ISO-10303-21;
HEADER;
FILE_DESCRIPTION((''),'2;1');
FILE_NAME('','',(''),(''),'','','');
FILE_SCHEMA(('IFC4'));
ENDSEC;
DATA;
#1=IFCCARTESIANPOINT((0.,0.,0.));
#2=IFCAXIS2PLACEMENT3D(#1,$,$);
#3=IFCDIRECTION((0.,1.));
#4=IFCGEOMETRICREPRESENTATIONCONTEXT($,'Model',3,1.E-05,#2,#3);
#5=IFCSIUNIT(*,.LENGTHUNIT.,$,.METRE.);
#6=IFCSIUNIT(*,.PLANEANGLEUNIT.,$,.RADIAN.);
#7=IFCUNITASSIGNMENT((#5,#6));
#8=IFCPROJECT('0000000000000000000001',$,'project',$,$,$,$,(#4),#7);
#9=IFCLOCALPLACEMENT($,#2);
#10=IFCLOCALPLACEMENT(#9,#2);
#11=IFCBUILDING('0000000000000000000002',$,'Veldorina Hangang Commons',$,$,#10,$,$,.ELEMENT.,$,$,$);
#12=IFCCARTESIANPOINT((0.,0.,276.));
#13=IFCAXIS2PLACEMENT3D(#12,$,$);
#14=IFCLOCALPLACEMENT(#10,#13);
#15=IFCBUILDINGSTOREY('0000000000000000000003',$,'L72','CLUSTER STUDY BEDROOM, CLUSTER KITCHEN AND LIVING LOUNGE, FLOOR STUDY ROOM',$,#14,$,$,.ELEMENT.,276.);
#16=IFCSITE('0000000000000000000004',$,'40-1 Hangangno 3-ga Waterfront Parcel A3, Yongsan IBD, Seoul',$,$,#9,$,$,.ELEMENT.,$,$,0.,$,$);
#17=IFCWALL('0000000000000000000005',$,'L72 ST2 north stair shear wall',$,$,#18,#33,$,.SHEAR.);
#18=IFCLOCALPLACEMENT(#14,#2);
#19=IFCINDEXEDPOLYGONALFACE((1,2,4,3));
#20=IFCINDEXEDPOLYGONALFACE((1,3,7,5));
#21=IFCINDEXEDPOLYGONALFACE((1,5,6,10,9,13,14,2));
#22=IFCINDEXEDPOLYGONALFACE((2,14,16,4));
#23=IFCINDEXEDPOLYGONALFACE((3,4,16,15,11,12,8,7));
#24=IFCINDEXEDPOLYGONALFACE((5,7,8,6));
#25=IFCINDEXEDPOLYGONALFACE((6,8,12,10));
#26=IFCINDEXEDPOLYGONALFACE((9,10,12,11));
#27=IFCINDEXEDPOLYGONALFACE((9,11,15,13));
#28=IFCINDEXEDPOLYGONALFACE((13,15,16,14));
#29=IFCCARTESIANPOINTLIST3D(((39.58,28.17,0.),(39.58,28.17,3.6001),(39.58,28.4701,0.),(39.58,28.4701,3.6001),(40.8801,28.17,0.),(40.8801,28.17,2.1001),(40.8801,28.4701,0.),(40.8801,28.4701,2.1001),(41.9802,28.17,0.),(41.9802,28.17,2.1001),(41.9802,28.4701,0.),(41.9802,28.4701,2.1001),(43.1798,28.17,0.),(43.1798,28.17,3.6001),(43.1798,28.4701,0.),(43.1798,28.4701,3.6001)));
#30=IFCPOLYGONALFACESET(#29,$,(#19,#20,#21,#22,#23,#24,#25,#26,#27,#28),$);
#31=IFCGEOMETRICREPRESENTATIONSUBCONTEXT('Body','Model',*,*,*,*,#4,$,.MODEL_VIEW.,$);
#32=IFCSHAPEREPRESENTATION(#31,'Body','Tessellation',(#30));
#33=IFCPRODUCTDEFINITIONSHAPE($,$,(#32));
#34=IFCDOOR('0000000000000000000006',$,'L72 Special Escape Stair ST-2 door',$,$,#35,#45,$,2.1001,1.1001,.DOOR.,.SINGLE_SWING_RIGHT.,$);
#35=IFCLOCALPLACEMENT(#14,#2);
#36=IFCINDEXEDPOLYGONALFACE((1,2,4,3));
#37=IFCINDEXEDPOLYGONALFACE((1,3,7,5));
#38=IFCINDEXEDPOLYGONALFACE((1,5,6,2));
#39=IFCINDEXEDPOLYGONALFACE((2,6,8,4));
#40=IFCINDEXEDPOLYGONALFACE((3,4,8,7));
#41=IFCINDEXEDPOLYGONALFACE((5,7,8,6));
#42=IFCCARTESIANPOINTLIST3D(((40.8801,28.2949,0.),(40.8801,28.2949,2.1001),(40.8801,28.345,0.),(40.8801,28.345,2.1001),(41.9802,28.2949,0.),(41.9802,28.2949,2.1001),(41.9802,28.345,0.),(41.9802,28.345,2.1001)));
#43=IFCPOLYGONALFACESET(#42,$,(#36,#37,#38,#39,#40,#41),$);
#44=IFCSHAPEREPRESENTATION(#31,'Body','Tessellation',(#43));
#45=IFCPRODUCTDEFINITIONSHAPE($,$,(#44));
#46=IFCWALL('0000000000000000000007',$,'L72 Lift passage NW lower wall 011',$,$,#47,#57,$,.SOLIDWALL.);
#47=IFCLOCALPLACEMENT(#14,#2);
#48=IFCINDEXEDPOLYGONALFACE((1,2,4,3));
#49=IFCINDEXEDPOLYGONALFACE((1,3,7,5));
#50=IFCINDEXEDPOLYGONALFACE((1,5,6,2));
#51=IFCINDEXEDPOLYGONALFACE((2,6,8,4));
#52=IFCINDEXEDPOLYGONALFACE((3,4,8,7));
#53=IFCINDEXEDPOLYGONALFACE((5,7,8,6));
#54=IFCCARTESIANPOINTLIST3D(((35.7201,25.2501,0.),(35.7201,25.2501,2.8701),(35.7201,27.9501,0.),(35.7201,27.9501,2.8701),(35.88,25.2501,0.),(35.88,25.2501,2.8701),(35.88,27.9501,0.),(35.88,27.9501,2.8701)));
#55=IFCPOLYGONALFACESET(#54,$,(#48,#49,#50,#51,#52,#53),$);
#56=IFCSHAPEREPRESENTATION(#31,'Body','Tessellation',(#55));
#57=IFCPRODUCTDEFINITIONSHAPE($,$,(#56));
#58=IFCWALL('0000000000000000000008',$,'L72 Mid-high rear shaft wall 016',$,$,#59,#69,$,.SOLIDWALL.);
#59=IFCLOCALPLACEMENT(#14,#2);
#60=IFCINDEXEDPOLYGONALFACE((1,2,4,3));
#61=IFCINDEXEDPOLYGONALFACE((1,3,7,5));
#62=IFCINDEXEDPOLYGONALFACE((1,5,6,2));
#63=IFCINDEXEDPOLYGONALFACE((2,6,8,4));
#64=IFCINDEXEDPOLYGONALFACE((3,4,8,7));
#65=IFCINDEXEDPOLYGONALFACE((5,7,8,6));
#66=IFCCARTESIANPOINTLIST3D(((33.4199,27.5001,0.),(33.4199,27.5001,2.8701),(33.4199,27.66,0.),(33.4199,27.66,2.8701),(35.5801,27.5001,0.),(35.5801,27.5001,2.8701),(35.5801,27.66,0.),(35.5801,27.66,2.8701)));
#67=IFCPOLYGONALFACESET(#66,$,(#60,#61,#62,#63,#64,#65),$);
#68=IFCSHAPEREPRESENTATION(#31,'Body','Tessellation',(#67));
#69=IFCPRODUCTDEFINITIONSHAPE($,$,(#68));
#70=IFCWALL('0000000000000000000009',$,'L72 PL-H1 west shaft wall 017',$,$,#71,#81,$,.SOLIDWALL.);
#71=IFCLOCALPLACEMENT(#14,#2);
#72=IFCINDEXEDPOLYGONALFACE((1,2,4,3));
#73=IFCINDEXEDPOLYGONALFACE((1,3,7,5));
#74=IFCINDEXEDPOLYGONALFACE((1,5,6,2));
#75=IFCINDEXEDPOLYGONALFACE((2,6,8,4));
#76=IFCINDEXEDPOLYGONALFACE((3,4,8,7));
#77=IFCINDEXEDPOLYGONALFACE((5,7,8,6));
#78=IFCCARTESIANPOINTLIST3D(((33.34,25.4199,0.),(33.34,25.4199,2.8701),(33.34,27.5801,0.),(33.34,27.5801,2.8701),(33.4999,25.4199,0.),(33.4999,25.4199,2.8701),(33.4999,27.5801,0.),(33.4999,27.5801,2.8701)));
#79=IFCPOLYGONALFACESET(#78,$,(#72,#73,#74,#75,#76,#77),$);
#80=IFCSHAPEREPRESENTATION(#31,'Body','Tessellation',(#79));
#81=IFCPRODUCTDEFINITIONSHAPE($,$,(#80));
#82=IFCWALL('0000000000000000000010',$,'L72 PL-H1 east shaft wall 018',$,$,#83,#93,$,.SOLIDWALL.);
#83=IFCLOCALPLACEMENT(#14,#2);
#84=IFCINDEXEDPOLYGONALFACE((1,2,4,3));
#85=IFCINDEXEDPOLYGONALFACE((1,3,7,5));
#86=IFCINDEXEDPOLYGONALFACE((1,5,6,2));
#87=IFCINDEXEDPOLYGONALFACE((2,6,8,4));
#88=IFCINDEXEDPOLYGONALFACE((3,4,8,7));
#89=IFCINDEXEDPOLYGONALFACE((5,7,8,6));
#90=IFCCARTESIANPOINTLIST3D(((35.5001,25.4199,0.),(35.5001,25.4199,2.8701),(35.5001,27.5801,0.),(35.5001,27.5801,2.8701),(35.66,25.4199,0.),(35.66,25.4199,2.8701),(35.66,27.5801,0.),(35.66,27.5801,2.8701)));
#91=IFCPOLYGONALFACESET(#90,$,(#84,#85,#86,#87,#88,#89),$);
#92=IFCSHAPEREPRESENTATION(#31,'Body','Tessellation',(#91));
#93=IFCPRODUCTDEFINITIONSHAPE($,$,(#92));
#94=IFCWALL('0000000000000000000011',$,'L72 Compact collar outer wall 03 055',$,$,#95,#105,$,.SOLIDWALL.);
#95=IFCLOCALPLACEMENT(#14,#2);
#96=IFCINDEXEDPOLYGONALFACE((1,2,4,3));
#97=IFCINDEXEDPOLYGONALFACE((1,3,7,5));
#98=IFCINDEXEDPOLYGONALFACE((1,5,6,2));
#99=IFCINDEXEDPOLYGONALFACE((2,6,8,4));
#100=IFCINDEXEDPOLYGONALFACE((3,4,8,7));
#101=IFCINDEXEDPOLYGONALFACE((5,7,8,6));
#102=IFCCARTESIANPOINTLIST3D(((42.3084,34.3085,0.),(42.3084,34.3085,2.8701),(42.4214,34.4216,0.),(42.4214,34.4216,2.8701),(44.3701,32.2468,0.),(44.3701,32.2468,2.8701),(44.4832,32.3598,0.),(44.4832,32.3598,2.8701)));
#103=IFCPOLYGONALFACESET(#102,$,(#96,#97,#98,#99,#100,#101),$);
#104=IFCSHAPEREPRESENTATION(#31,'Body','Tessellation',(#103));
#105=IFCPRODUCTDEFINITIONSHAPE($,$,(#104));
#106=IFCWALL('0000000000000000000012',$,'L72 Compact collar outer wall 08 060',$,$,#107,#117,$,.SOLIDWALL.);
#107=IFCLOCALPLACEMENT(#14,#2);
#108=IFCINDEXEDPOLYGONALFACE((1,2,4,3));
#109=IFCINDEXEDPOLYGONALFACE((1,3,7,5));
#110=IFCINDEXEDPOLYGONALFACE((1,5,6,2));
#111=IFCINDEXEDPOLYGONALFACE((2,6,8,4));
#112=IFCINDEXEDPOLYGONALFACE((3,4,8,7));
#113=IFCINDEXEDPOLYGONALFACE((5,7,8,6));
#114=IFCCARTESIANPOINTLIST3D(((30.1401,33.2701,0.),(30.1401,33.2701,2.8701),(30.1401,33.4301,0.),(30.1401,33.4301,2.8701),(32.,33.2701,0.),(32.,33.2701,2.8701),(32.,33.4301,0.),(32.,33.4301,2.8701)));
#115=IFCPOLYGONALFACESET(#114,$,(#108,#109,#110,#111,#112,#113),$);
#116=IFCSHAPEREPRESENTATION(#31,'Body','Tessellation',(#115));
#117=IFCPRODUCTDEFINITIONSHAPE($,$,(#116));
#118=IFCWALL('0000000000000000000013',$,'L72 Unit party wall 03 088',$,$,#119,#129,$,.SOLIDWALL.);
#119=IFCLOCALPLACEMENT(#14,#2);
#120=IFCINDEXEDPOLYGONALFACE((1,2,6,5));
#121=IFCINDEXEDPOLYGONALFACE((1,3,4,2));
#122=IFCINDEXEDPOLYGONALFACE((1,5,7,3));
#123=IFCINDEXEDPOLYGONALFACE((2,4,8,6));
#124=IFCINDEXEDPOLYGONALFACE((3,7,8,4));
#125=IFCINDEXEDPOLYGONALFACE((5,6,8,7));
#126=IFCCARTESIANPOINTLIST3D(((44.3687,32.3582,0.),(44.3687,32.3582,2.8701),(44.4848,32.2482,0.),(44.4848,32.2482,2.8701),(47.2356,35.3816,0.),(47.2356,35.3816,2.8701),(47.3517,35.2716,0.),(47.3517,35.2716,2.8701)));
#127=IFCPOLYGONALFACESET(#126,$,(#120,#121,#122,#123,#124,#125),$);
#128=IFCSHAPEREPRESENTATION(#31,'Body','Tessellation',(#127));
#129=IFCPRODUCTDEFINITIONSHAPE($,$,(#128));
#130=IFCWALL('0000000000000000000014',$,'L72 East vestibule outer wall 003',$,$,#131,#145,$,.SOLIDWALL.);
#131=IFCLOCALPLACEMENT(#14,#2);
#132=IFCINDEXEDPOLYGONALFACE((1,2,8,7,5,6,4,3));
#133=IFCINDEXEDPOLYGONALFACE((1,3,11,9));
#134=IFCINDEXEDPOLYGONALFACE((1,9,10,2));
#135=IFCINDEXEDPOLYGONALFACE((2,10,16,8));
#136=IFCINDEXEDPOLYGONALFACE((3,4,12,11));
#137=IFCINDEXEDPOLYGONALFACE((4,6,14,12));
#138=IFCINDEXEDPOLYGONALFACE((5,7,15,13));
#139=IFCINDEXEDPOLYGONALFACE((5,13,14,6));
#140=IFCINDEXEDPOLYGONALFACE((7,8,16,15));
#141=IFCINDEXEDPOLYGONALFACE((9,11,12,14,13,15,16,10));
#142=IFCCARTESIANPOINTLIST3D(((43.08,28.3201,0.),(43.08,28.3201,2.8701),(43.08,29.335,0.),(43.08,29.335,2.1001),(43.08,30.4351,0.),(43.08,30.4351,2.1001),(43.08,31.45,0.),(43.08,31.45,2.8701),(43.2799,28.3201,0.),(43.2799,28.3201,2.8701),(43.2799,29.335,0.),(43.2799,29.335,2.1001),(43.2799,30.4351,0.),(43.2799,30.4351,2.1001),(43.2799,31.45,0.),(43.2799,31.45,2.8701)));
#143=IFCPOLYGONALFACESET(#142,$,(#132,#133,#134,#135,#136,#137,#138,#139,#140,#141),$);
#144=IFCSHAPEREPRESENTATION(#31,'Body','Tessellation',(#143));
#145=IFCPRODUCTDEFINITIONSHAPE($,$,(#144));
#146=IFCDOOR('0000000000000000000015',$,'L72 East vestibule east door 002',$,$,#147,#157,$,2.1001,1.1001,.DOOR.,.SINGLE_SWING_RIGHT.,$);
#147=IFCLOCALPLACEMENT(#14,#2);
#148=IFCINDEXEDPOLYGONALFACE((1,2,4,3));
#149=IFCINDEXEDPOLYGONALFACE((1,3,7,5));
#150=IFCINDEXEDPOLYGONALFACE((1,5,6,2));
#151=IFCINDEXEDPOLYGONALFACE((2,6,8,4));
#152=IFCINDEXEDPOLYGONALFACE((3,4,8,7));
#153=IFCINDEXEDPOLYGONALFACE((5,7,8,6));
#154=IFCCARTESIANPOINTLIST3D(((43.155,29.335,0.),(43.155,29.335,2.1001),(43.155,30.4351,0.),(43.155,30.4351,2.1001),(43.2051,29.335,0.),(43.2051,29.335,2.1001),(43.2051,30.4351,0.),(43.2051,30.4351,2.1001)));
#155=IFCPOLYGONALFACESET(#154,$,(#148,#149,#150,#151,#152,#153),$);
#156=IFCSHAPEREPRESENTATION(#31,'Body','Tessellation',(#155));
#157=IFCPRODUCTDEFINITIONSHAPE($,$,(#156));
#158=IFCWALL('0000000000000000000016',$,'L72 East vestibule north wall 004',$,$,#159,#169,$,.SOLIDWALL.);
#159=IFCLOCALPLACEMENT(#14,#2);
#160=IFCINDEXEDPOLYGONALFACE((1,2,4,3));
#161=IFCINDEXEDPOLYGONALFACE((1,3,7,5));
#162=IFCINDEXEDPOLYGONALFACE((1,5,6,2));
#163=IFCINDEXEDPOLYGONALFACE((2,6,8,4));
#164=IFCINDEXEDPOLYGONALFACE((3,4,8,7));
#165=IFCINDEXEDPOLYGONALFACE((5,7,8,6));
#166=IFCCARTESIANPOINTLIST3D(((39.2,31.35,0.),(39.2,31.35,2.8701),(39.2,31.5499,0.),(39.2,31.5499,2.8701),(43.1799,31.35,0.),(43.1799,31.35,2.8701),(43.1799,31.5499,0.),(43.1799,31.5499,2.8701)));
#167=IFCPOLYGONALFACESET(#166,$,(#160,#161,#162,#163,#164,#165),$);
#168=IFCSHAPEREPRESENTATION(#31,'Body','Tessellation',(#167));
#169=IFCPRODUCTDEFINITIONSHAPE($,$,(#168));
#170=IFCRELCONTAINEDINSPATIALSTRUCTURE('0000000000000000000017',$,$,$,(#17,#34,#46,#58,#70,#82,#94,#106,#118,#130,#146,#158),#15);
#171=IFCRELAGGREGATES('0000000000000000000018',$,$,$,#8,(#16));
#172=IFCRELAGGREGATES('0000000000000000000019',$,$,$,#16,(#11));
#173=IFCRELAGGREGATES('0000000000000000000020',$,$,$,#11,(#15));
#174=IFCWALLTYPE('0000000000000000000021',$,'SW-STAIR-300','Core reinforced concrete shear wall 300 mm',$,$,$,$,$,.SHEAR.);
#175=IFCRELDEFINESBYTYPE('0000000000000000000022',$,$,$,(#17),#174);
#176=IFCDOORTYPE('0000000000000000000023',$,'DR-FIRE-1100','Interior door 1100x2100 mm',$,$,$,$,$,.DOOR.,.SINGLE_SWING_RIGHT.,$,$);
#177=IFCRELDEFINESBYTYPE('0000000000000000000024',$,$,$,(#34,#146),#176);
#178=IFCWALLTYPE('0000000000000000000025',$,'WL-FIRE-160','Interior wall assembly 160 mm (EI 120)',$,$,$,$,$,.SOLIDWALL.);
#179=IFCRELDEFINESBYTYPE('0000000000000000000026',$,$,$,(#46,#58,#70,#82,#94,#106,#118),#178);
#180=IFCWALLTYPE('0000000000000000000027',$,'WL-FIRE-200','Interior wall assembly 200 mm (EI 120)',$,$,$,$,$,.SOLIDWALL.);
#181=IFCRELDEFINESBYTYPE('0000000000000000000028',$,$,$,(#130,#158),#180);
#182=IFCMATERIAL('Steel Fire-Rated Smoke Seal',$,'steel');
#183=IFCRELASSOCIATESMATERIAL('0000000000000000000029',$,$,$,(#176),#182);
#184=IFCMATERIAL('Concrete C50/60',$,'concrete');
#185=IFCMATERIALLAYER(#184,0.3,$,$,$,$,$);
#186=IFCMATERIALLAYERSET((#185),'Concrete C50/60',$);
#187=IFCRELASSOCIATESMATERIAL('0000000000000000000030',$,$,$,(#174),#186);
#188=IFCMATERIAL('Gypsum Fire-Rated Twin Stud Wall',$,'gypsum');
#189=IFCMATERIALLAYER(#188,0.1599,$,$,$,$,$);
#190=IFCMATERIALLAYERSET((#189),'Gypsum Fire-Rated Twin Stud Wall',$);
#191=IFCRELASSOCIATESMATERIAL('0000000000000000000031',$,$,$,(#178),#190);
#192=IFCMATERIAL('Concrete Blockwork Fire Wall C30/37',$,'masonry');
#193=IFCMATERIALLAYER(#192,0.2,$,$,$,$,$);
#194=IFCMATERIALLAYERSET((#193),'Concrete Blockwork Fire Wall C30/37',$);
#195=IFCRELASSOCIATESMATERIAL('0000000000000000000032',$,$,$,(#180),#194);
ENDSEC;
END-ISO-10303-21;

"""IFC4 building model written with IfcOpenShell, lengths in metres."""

from ifc_helpers import new_model, si_unit, direction, frame, frame_2d, origin, place, context, subcontext, project, spatial, rectangle, extrude, material, layer, layer_set, type_object, element, fill, save


model = new_model("IFC4")

# Units and contexts
model_context = context("Model", 3, precision=1e-05, world=origin(), true_north=direction((0.0, 1.0)))
body_context = subcontext(model_context, "Body", "Model", "MODEL_VIEW")
ifc_project = project(units=[si_unit("LENGTHUNIT", "METRE"), si_unit("PLANEANGLEUNIT", "RADIAN")], contexts=[model_context])

# Site, building, storey
site_placement = place(None, origin())
site = spatial("IfcSite", under=ifc_project, at=site_placement, Name="40-1 Hangangno 3-ga Waterfront Parcel A3, Yongsan IBD, Seoul", CompositionType="ELEMENT", RefElevation=0.0)
building_placement = place(site_placement, origin())
building = spatial("IfcBuilding", under=site, at=building_placement, Name="Veldorina Hangang Commons", CompositionType="ELEMENT")
storey_placement = place(building_placement, frame((0.0, 0.0, 276.0)))
storey = spatial("IfcBuildingStorey", under=building, at=storey_placement, Name="L72", Description="CLUSTER STUDY BEDROOM, CLUSTER KITCHEN AND LIVING LOUNGE, FLOOR STUDY ROOM", CompositionType="ELEMENT", Elevation=276.0)

# Shared definitions
ifc_material_1 = material(Name="Concrete C50/60", Category="concrete")

# Wall, opening, door
ifc_material_2 = material(Name="Steel Fire-Rated Smoke Seal", Category="steel")
door_type_1 = type_object("IfcDoorType", Name="DR-FIRE-1100", Description="Interior door 1100x2100 mm", OperationType="SINGLE_SWING_RIGHT", PredefinedType="DOOR", material=ifc_material_2)
ifc_layer_1 = layer(ifc_material_1, 0.3)
ifc_layer_set_1 = layer_set([ifc_layer_1], Name="Concrete C50/60")
wall_type_1 = type_object("IfcWallType", Name="SW-STAIR-300", Description="Core reinforced concrete shear wall 300 mm", PredefinedType="SHEAR", material=ifc_layer_set_1)
wall_1_placement = place(storey_placement, frame((39.5801, 28.3201, 0.0), z_axis=(0.0, 0.0, 1.0), x_axis=(1.0, 0.0, 0.0)))
wall_1 = element("IfcWall", 1, at=wall_1_placement, inside=storey, type_object=wall_type_1, Name="L72 ST2 north stair shear wall", PredefinedType="SHEAR", context=body_context, shape_type="SweptSolid", body=[
    extrude(rectangle(XDim=3.5999, YDim=0.3, at=frame_2d((1.7998, 0.0))), origin(), (0.0, 0.0, 1.0), 3.6001),
])
opening_1_placement = place(wall_1_placement, frame((1.3, 0.0, 0.0)))
opening_1 = element("IfcOpeningElement", 2, at=opening_1_placement, cuts=wall_1, PredefinedType="OPENING", context=body_context, shape_type="SweptSolid", body=[
    extrude(rectangle(XDim=1.1001, YDim=2.1001, at=frame_2d((0.55, 1.05))), frame((0.0, 0.1602, 0.0), z_axis=(0.0, -1.0, 0.0), x_axis=(1.0, 0.0, 0.0)), (0.0, 0.0, 1.0), 0.3201),
])
door_1_placement = place(opening_1_placement, origin())
door_1 = element("IfcDoor", 3, at=door_1_placement, inside=storey, type_object=door_type_1, Name="L72 Special Escape Stair ST-2 door", OperationType="SINGLE_SWING_RIGHT", OverallHeight=2.1001, OverallWidth=1.1001, PredefinedType="DOOR", context=body_context, shape_type="SweptSolid", body=[
    extrude(rectangle(XDim=1.1001, YDim=2.1001, at=frame_2d((0.55, 1.05))), frame((0.0, 0.0249, 0.0), z_axis=(0.0, -1.0, 0.0), x_axis=(1.0, 0.0, 0.0)), (0.0, 0.0, 1.0), 0.05),
])
fill(opening_1, door_1)

# Wall
ifc_material_3 = material(Name="Gypsum Fire-Rated Twin Stud Wall", Category="gypsum")
ifc_layer_2 = layer(ifc_material_3, 0.1599)
ifc_layer_set_2 = layer_set([ifc_layer_2], Name="Gypsum Fire-Rated Twin Stud Wall")
wall_type_2 = type_object("IfcWallType", Name="WL-FIRE-160", Description="Interior wall assembly 160 mm (EI 120)", PredefinedType="SOLIDWALL", material=ifc_layer_set_2)
wall_2_placement = place(storey_placement, frame((35.8, 25.25, 0.0), z_axis=(0.0, 0.0, 1.0), x_axis=(0.0, 1.0, 0.0)))
element("IfcWall", 4, at=wall_2_placement, inside=storey, type_object=wall_type_2, Name="L72 Lift passage NW lower wall 011", PredefinedType="SOLIDWALL", context=body_context, shape_type="SweptSolid", body=[
    extrude(rectangle(XDim=2.7, YDim=0.1599, at=frame_2d((1.3501, 0.0))), origin(), (0.0, 0.0, 1.0), 2.8701),
])

# Walls
for number, where, z_axis, x_axis, name in (
    (5, (33.4199, 27.5801, 0.0), (0.0, 0.0, 1.0), (1.0, 0.0, 0.0), "L72 Mid-high rear shaft wall 016"),
    (6, (33.4199, 25.4199, 0.0), (0.0, 0.0, 1.0), (0.0, 1.0, 0.0), "L72 PL-H1 west shaft wall 017"),
    (7, (35.5801, 25.4199, 0.0), (0.0, 0.0, 1.0), (0.0, 1.0, 0.0), "L72 PL-H1 east shaft wall 018"),
):
    element("IfcWall", number, at=place(storey_placement, frame(where, z_axis=z_axis, x_axis=x_axis)), inside=storey, type_object=wall_type_2, Name=name, PredefinedType="SOLIDWALL", context=body_context, shape_type="SweptSolid", body=[
        extrude(rectangle(XDim=2.1602, YDim=0.1599, at=frame_2d((1.0801, 0.0))), origin(), (0.0, 0.0, 1.0), 2.8701),
    ])
wall_3_placement = place(storey_placement, frame((44.4268, 32.3032, 0.0), z_axis=(0.0, 0.0, 1.0), x_axis=(-0.707107, 0.707107, 0.0)))
element("IfcWall", 8, at=wall_3_placement, inside=storey, type_object=wall_type_2, Name="L72 Compact collar outer wall 03 055", PredefinedType="SOLIDWALL", context=body_context, shape_type="SweptSolid", body=[
    extrude(rectangle(XDim=2.9158, YDim=0.1599, at=frame_2d((1.458, 0.0))), origin(), (0.0, 0.0, 1.0), 2.8701),
])
wall_4_placement = place(storey_placement, frame((32.0, 33.3501, 0.0), z_axis=(0.0, 0.0, 1.0), x_axis=(-1.0, 0.0, 0.0)))
element("IfcWall", 9, at=wall_4_placement, inside=storey, type_object=wall_type_2, Name="L72 Compact collar outer wall 08 060", PredefinedType="SOLIDWALL", context=body_context, shape_type="SweptSolid", body=[
    extrude(rectangle(XDim=1.8599, YDim=0.1599, at=frame_2d((0.9299, 0.0))), origin(), (0.0, 0.0, 1.0), 2.8701),
])
wall_5_placement = place(storey_placement, frame((44.4268, 32.3032, 0.0), z_axis=(0.0, 0.0, 1.0), x_axis=(0.688078, 0.725637, 0.0)))
element("IfcWall", 10, at=wall_5_placement, inside=storey, type_object=wall_type_2, Name="L72 Unit party wall 03 088", PredefinedType="SOLIDWALL", context=body_context, shape_type="SweptSolid", body=[
    extrude(rectangle(XDim=4.1665, YDim=0.1599, at=frame_2d((2.0833, 0.0))), origin(), (0.0, 0.0, 1.0), 2.8701),
])

# Wall, opening, door
ifc_material_4 = material(Name="Concrete Blockwork Fire Wall C30/37", Category="masonry")
ifc_layer_3 = layer(ifc_material_4, 0.2)
ifc_layer_set_3 = layer_set([ifc_layer_3], Name="Concrete Blockwork Fire Wall C30/37")
wall_type_3 = type_object("IfcWallType", Name="WL-FIRE-200", Description="Interior wall assembly 200 mm (EI 120)", PredefinedType="SOLIDWALL", material=ifc_layer_set_3)
wall_6_placement = place(storey_placement, frame((43.1799, 28.3201, 0.0), z_axis=(0.0, 0.0, 1.0), x_axis=(0.0, 1.0, 0.0)))
wall_6 = element("IfcWall", 11, at=wall_6_placement, inside=storey, type_object=wall_type_3, Name="L72 East vestibule outer wall 003", PredefinedType="SOLIDWALL", context=body_context, shape_type="SweptSolid", body=[
    extrude(rectangle(XDim=3.1299, YDim=0.2, at=frame_2d((1.5649, 0.0))), origin(), (0.0, 0.0, 1.0), 2.8701),
])
opening_2_placement = place(wall_6_placement, frame((1.0149, 0.0, 0.0)))
opening_2 = element("IfcOpeningElement", 12, at=opening_2_placement, cuts=wall_6, PredefinedType="OPENING", context=body_context, shape_type="SweptSolid", body=[
    extrude(rectangle(XDim=1.1001, YDim=2.1001, at=frame_2d((0.55, 1.05))), frame((0.0, 0.1099, 0.0), z_axis=(0.0, -1.0, 0.0), x_axis=(1.0, 0.0, 0.0)), (0.0, 0.0, 1.0), 0.22),
])
door_2_placement = place(opening_2_placement, origin())
door_2 = element("IfcDoor", 13, at=door_2_placement, inside=storey, type_object=door_type_1, Name="L72 East vestibule east door 002", OperationType="SINGLE_SWING_RIGHT", OverallHeight=2.1001, OverallWidth=1.1001, PredefinedType="DOOR", context=body_context, shape_type="SweptSolid", body=[
    extrude(rectangle(XDim=1.1001, YDim=2.1001, at=frame_2d((0.55, 1.05))), frame((0.0, 0.0249, 0.0), z_axis=(0.0, -1.0, 0.0), x_axis=(1.0, 0.0, 0.0)), (0.0, 0.0, 1.0), 0.05),
])
fill(opening_2, door_2)

# Wall
wall_7_placement = place(storey_placement, frame((39.2, 31.45, 0.0), z_axis=(0.0, 0.0, 1.0), x_axis=(1.0, 0.0, 0.0)))
element("IfcWall", 14, at=wall_7_placement, inside=storey, type_object=wall_type_3, Name="L72 East vestibule north wall 004", PredefinedType="SOLIDWALL", context=body_context, shape_type="SweptSolid", body=[
    extrude(rectangle(XDim=3.98, YDim=0.2, at=frame_2d((1.99, 0.0))), origin(), (0.0, 0.0, 1.0), 2.8701),
])

save(model, "model.ifc")
